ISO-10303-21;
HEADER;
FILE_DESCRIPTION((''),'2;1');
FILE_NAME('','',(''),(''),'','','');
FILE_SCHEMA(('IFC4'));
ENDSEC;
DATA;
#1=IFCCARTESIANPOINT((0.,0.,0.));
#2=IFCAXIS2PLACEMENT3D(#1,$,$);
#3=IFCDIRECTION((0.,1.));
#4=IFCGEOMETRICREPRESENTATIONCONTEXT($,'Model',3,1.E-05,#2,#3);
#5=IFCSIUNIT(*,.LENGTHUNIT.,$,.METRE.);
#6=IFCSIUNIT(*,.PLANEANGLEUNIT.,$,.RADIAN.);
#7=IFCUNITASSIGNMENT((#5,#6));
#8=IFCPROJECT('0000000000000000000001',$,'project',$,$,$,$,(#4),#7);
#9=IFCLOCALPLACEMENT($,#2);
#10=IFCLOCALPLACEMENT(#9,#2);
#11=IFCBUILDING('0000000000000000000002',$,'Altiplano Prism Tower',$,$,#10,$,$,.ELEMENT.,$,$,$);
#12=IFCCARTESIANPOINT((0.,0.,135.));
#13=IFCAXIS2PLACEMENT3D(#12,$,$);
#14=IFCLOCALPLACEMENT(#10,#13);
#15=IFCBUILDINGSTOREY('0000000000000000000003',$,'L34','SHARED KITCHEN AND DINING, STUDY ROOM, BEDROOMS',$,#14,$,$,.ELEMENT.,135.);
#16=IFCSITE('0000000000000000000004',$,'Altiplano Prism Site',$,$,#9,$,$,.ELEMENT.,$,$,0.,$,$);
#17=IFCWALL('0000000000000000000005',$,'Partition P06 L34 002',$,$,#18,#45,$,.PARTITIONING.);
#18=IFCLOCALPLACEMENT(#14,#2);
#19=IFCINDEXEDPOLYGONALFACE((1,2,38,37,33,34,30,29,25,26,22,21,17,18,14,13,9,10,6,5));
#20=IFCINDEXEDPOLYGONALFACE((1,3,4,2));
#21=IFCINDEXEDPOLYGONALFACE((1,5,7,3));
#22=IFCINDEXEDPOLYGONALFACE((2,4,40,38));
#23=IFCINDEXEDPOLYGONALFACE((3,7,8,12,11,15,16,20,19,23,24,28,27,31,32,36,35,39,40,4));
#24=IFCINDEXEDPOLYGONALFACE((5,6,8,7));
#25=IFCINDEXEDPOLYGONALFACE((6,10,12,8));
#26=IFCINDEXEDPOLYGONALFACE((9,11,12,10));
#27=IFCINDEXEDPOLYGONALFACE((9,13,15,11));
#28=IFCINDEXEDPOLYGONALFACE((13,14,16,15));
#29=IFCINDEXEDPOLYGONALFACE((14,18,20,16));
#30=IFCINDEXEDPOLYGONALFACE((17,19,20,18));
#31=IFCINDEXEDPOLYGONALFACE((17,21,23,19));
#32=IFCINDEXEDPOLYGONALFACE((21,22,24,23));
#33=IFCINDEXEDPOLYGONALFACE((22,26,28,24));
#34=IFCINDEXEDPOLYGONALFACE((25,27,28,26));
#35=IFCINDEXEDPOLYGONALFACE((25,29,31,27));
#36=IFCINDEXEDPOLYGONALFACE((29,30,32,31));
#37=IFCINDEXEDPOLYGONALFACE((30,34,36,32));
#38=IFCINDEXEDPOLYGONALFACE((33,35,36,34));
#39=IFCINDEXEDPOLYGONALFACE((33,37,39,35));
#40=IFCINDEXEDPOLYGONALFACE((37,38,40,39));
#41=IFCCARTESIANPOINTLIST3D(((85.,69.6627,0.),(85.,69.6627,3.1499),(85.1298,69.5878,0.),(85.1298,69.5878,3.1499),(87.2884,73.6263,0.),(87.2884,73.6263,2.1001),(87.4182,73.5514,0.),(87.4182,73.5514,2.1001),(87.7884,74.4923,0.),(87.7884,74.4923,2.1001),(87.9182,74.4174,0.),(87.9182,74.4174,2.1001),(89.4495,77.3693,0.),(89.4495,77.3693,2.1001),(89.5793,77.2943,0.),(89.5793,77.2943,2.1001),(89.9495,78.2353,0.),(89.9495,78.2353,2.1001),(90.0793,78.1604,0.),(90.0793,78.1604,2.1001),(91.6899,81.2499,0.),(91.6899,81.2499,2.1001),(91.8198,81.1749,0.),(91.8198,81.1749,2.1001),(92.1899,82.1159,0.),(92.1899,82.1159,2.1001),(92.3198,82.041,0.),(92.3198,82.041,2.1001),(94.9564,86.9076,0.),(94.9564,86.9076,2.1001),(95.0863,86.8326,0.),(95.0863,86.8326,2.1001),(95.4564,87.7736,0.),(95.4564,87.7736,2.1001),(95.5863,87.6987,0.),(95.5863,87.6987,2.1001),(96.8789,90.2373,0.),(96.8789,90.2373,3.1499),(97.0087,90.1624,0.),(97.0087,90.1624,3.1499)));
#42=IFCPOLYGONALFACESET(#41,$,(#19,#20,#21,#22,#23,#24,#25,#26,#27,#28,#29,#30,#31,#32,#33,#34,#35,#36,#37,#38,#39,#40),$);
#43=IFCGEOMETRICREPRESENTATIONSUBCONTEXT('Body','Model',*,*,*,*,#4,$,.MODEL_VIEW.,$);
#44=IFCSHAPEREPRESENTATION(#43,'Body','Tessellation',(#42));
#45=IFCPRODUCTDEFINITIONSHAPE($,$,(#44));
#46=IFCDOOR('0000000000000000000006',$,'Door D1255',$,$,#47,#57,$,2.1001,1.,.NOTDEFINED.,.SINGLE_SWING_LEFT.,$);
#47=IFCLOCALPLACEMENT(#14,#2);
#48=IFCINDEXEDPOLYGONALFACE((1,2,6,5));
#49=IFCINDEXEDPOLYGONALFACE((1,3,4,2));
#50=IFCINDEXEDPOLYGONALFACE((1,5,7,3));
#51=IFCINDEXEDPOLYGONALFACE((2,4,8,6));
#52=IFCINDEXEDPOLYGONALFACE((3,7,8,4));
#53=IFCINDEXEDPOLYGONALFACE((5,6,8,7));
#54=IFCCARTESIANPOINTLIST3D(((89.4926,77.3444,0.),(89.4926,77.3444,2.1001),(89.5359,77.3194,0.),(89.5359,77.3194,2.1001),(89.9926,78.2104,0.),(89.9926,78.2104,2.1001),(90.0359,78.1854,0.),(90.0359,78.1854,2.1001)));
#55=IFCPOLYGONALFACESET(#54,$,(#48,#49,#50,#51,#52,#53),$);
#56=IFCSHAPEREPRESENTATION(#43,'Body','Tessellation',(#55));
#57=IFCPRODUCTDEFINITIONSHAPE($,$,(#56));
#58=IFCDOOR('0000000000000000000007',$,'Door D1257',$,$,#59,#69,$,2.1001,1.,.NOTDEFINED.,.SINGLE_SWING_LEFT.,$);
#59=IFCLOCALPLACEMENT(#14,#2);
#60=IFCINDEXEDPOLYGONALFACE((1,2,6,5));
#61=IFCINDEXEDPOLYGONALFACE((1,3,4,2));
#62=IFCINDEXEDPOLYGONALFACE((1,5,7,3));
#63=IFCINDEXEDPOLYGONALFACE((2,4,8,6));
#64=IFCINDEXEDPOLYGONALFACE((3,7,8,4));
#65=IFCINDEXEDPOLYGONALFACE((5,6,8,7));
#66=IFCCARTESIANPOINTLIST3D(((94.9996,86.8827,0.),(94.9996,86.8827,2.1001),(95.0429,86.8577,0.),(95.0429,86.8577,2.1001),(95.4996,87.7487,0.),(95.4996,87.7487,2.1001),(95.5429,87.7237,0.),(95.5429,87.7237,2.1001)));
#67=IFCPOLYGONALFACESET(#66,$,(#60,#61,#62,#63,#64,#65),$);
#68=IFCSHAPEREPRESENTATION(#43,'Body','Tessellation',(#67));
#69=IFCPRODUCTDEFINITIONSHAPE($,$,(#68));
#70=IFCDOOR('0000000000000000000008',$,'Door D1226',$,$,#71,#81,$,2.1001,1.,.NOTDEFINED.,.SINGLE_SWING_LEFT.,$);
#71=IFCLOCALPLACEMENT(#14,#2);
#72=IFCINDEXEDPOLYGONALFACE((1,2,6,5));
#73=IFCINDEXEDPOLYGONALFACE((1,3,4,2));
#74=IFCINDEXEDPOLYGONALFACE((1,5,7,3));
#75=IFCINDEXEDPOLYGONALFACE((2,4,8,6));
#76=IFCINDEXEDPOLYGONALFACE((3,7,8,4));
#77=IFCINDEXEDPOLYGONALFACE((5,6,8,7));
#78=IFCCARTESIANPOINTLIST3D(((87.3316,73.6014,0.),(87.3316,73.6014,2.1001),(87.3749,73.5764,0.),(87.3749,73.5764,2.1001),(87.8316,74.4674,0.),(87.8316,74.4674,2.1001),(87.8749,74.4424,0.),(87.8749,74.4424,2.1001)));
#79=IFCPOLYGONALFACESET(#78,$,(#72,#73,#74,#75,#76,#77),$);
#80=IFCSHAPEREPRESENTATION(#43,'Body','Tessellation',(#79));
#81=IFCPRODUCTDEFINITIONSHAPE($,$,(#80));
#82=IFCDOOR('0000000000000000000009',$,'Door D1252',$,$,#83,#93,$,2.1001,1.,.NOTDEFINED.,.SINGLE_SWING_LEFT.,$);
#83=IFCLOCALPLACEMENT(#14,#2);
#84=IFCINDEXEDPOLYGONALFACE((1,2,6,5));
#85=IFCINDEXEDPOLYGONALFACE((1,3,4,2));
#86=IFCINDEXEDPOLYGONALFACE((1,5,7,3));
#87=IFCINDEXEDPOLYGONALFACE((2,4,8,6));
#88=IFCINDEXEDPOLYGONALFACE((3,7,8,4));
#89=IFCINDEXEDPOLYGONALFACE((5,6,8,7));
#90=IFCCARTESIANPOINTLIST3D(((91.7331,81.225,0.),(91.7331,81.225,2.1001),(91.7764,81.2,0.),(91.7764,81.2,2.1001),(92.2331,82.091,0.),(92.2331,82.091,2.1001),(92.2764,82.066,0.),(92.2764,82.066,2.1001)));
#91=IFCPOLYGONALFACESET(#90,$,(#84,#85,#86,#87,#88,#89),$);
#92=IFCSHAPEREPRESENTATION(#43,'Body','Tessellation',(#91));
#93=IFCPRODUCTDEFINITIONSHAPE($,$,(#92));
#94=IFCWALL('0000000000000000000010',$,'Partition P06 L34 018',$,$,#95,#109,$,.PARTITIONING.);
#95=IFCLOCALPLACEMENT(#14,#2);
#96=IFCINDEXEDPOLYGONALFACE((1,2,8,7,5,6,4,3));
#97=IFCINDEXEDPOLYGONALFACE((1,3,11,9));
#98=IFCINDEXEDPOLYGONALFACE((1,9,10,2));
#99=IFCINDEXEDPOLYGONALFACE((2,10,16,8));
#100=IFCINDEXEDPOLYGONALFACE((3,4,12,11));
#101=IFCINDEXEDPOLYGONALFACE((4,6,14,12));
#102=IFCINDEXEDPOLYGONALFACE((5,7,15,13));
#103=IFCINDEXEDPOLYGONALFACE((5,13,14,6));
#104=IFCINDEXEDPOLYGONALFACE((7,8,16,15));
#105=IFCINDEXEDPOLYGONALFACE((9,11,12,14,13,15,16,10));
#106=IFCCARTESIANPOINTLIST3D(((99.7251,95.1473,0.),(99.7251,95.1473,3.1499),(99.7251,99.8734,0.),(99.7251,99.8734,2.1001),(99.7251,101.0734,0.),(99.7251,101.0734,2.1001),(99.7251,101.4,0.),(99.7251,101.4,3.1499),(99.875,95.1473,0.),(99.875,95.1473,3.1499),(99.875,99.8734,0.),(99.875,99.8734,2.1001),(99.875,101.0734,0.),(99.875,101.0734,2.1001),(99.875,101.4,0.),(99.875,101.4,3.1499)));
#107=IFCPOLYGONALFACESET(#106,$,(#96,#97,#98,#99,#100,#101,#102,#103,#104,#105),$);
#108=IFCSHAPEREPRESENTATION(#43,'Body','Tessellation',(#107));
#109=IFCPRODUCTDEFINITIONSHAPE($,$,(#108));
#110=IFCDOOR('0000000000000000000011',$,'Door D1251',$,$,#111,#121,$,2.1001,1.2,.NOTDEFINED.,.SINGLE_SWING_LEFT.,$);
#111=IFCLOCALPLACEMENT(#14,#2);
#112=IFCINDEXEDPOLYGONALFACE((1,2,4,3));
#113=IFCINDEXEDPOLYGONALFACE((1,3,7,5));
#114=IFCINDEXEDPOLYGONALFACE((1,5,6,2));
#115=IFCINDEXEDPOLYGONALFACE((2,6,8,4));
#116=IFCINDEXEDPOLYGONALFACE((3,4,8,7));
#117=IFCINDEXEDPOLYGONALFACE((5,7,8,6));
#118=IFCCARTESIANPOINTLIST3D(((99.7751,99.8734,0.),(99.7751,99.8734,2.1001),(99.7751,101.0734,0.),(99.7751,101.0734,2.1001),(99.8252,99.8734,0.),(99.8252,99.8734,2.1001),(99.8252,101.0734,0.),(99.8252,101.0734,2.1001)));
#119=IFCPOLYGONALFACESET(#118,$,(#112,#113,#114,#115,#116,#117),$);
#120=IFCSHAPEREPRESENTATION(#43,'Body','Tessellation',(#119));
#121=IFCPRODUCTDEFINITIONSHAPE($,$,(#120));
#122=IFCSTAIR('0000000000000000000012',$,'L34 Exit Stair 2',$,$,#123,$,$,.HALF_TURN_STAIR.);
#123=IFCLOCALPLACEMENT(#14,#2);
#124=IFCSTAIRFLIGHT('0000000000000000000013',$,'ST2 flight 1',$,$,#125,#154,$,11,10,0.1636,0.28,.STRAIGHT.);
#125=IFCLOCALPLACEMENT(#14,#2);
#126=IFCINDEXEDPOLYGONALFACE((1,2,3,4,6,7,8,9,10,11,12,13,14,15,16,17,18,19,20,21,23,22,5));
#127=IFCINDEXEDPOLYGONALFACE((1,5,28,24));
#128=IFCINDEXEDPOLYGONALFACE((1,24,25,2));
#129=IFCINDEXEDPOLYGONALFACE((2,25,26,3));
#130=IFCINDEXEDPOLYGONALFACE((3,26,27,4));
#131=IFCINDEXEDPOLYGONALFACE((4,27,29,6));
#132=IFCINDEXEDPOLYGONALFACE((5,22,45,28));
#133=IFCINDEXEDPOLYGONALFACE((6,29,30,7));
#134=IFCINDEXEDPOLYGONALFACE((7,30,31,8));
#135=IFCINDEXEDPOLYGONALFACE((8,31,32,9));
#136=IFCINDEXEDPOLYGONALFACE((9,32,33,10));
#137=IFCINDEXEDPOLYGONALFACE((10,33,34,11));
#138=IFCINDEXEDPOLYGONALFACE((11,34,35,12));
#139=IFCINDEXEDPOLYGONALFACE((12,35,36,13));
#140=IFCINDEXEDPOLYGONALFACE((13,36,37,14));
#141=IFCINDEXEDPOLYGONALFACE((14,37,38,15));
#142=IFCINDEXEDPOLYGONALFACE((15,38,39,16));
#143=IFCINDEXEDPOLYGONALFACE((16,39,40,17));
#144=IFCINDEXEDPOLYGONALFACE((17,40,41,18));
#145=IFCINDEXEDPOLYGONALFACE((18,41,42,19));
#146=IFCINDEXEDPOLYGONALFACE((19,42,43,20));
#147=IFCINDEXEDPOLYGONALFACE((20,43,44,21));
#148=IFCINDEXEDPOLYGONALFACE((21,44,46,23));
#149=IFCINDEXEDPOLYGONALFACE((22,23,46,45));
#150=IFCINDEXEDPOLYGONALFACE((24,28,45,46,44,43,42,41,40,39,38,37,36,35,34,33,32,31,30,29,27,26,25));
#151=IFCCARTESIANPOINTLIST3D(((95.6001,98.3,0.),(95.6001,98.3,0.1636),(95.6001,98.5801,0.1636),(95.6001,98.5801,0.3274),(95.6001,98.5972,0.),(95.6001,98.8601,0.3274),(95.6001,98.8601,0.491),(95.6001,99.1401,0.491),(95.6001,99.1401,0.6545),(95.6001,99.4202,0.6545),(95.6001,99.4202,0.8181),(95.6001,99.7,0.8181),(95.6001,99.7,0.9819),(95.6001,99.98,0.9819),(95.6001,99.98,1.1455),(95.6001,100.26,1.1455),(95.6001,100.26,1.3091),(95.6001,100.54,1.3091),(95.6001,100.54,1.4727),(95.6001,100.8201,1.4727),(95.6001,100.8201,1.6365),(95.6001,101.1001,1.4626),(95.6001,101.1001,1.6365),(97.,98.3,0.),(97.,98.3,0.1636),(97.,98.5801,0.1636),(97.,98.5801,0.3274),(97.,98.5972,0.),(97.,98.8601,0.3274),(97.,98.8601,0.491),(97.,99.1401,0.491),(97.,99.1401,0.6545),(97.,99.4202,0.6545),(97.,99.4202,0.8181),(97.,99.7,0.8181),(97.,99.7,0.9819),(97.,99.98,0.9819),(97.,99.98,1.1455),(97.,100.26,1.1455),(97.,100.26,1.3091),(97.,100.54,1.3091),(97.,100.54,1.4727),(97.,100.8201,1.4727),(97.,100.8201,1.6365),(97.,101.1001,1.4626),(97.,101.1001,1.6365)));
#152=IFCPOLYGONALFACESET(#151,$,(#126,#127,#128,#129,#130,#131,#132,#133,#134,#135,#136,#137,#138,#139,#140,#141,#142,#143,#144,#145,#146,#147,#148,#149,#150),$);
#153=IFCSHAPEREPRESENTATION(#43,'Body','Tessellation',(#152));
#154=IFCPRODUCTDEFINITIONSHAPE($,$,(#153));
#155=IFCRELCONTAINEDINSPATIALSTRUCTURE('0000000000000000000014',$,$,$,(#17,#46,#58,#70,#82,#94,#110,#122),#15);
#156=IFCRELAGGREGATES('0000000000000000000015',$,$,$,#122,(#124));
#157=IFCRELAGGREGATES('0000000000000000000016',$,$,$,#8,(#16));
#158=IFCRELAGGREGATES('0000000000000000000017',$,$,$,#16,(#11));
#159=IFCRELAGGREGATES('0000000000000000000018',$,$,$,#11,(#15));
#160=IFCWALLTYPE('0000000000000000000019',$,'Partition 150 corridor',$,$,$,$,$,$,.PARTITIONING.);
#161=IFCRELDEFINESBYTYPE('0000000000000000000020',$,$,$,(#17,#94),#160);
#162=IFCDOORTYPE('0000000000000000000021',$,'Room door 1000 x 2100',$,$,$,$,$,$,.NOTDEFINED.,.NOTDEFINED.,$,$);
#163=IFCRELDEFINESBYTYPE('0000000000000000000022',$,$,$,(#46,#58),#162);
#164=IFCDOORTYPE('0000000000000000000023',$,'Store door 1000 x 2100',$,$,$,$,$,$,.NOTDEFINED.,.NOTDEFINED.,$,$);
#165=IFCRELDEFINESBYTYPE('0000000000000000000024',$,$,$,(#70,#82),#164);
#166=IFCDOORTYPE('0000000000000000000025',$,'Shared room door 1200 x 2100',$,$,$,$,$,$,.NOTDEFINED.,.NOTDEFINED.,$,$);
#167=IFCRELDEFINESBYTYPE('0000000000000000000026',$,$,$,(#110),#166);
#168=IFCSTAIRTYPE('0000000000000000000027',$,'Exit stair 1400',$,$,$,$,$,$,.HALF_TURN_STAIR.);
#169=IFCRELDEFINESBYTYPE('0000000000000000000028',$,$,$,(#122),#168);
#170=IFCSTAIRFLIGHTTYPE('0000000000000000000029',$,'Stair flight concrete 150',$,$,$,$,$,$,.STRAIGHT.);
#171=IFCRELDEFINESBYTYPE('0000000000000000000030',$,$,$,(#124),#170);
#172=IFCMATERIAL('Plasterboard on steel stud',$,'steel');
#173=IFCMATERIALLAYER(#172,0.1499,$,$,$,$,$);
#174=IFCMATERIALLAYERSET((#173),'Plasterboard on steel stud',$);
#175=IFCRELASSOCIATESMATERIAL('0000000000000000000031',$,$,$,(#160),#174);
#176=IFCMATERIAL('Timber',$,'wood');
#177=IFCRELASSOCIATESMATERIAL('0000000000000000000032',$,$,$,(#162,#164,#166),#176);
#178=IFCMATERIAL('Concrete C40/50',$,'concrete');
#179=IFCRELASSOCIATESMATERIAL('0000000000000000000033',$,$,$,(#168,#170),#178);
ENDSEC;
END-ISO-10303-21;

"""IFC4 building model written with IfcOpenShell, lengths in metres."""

from ifc_helpers import new_model, si_unit, direction, frame, frame_2d, origin, place, context, subcontext, project, spatial, polyline, rectangle, outline, extrude, material, layer, layer_set, type_object, element, fill, aggregate, save


model = new_model("IFC4")

# Units and contexts
model_context = context("Model", 3, precision=1e-05, world=origin(), true_north=direction((0.0, 1.0)))
body_context = subcontext(model_context, "Body", "Model", "MODEL_VIEW")
ifc_project = project(units=[si_unit("LENGTHUNIT", "METRE"), si_unit("PLANEANGLEUNIT", "RADIAN")], contexts=[model_context])

# Site, building, storey
site_placement = place(None, origin())
site = spatial("IfcSite", under=ifc_project, at=site_placement, Name="Altiplano Prism Site", CompositionType="ELEMENT", RefElevation=0.0)
building_placement = place(site_placement, origin())
building = spatial("IfcBuilding", under=site, at=building_placement, Name="Altiplano Prism Tower", CompositionType="ELEMENT")
storey_placement = place(building_placement, frame((0.0, 0.0, 135.0)))
storey = spatial("IfcBuildingStorey", under=building, at=storey_placement, Name="L34", Description="SHARED KITCHEN AND DINING, STUDY ROOM, BEDROOMS", CompositionType="ELEMENT", Elevation=135.0)

# Shared definitions
ifc_material_1 = material(Name="Plasterboard on steel stud", Category="steel")

# Wall, openings, doors
ifc_layer_1 = layer(ifc_material_1, 0.1499)
ifc_layer_set_1 = layer_set([ifc_layer_1], Name="Plasterboard on steel stud")
wall_type_1 = type_object("IfcWallType", Name="Partition 150 corridor", PredefinedType="PARTITIONING", material=ifc_layer_set_1)
wall_1_placement = place(storey_placement, frame((96.9438, 90.2, 0.0), z_axis=(0.0, 0.0, 1.0), x_axis=(-0.500003, -0.866024, 0.0)))
wall_1 = element("IfcWall", 1, at=wall_1_placement, inside=storey, type_object=wall_type_1, Name="Partition P06 L34 002", PredefinedType="PARTITIONING", context=body_context, shape_type="SweptSolid", body=[
    extrude(rectangle(XDim=23.7576, YDim=0.1499, at=frame_2d((11.8789, 0.0))), origin(), (0.0, 0.0, 1.0), 3.1499),
])
opening_1_placement = place(wall_1_placement, frame((18.1809, 0.0, 0.0)))
opening_1 = element("IfcOpeningElement", 2, at=opening_1_placement, cuts=wall_1, PredefinedType="OPENING", context=body_context, shape_type="SweptSolid", body=[
    extrude(rectangle(XDim=1.0, YDim=2.1001, at=frame_2d((0.5, 1.05))), frame((0.0, 0.0854, 0.0), z_axis=(0.0, -1.0, 0.0), x_axis=(1.0, 0.0, 0.0)), (0.0, 0.0, 1.0), 0.1709),
])
opening_2_placement = place(wall_1_placement, frame((9.3779, 0.0, 0.0)))
opening_2 = element("IfcOpeningElement", 3, at=opening_2_placement, cuts=wall_1, PredefinedType="OPENING", context=body_context, shape_type="SweptSolid", body=[
    extrude(rectangle(XDim=1.0, YDim=2.1001, at=frame_2d((0.5, 1.05))), frame((0.0, 0.0854, 0.0), z_axis=(0.0, -1.0, 0.0), x_axis=(1.0, 0.0, 0.0)), (0.0, 0.0, 1.0), 0.1709),
])
opening_3_placement = place(wall_1_placement, frame((13.8589, 0.0, 0.0)))
opening_3 = element("IfcOpeningElement", 4, at=opening_3_placement, cuts=wall_1, PredefinedType="OPENING", context=body_context, shape_type="SweptSolid", body=[
    extrude(rectangle(XDim=1.0, YDim=2.1001, at=frame_2d((0.5, 1.05))), frame((0.0, 0.0854, 0.0), z_axis=(0.0, -1.0, 0.0), x_axis=(1.0, 0.0, 0.0)), (0.0, 0.0, 1.0), 0.1709),
])
opening_4_placement = place(wall_1_placement, frame((2.845, 0.0, 0.0)))
opening_4 = element("IfcOpeningElement", 5, at=opening_4_placement, cuts=wall_1, PredefinedType="OPENING", context=body_context, shape_type="SweptSolid", body=[
    extrude(rectangle(XDim=1.0, YDim=2.1001, at=frame_2d((0.5, 1.05))), frame((0.0, 0.0854, 0.0), z_axis=(0.0, -1.0, 0.0), x_axis=(1.0, 0.0, 0.0)), (0.0, 0.0, 1.0), 0.1709),
])
ifc_material_2 = material(Name="Timber", Category="wood")
door_type_1 = type_object("IfcDoorType", Name="Room door 1000 x 2100", OperationType="NOTDEFINED", PredefinedType="NOTDEFINED", material=ifc_material_2)
door_1_placement = place(opening_3_placement, origin())
door_1 = element("IfcDoor", 6, at=door_1_placement, inside=storey, type_object=door_type_1, Name="Door D1255", OperationType="SINGLE_SWING_LEFT", OverallHeight=2.1001, OverallWidth=1.0, PredefinedType="NOTDEFINED", context=body_context, shape_type="SweptSolid", body=[
    extrude(rectangle(XDim=1.0, YDim=2.1001, at=frame_2d((0.5, 1.05))), frame((0.0, 0.0249, 0.0), z_axis=(0.0, -1.0, 0.0), x_axis=(1.0, 0.0, 0.0)), (0.0, 0.0, 1.0), 0.05),
])
fill(opening_3, door_1)
door_2_placement = place(opening_4_placement, origin())
door_2 = element("IfcDoor", 7, at=door_2_placement, inside=storey, type_object=door_type_1, Name="Door D1257", OperationType="SINGLE_SWING_LEFT", OverallHeight=2.1001, OverallWidth=1.0, PredefinedType="NOTDEFINED", context=body_context, shape_type="SweptSolid", body=[
    extrude(rectangle(XDim=1.0, YDim=2.1001, at=frame_2d((0.5, 1.05))), frame((0.0, 0.0249, 0.0), z_axis=(0.0, -1.0, 0.0), x_axis=(1.0, 0.0, 0.0)), (0.0, 0.0, 1.0), 0.05),
])
fill(opening_4, door_2)
door_type_2 = type_object("IfcDoorType", Name="Store door 1000 x 2100", OperationType="NOTDEFINED", PredefinedType="NOTDEFINED", material=ifc_material_2)
door_3_placement = place(opening_1_placement, origin())
door_3 = element("IfcDoor", 8, at=door_3_placement, inside=storey, type_object=door_type_2, Name="Door D1226", OperationType="SINGLE_SWING_LEFT", OverallHeight=2.1001, OverallWidth=1.0, PredefinedType="NOTDEFINED", context=body_context, shape_type="SweptSolid", body=[
    extrude(rectangle(XDim=1.0, YDim=2.1001, at=frame_2d((0.5, 1.05))), frame((0.0, 0.0249, 0.0), z_axis=(0.0, -1.0, 0.0), x_axis=(1.0, 0.0, 0.0)), (0.0, 0.0, 1.0), 0.05),
])
fill(opening_1, door_3)
door_4_placement = place(opening_2_placement, origin())
door_4 = element("IfcDoor", 9, at=door_4_placement, inside=storey, type_object=door_type_2, Name="Door D1252", OperationType="SINGLE_SWING_LEFT", OverallHeight=2.1001, OverallWidth=1.0, PredefinedType="NOTDEFINED", context=body_context, shape_type="SweptSolid", body=[
    extrude(rectangle(XDim=1.0, YDim=2.1001, at=frame_2d((0.5, 1.05))), frame((0.0, 0.0249, 0.0), z_axis=(0.0, -1.0, 0.0), x_axis=(1.0, 0.0, 0.0)), (0.0, 0.0, 1.0), 0.05),
])
fill(opening_2, door_4)

# Wall, opening, door
wall_2_placement = place(storey_placement, frame((99.8, 95.1472, 0.0), z_axis=(0.0, 0.0, 1.0), x_axis=(0.0, 1.0, 0.0)))
wall_2 = element("IfcWall", 10, at=wall_2_placement, inside=storey, type_object=wall_type_1, Name="Partition P06 L34 018", PredefinedType="PARTITIONING", context=body_context, shape_type="SweptSolid", body=[
    extrude(rectangle(XDim=6.2527, YDim=0.1499, at=frame_2d((3.1265, 0.0))), origin(), (0.0, 0.0, 1.0), 3.1499),
])
opening_5_placement = place(wall_2_placement, frame((4.7261, 0.0, 0.0)))
opening_5 = element("IfcOpeningElement", 11, at=opening_5_placement, cuts=wall_2, PredefinedType="OPENING", context=body_context, shape_type="SweptSolid", body=[
    extrude(rectangle(XDim=1.2, YDim=2.1001, at=frame_2d((0.6001, 1.05))), frame((0.0, 0.0854, 0.0), z_axis=(0.0, -1.0, 0.0), x_axis=(1.0, 0.0, 0.0)), (0.0, 0.0, 1.0), 0.1709),
])
door_type_3 = type_object("IfcDoorType", Name="Shared room door 1200 x 2100", OperationType="NOTDEFINED", PredefinedType="NOTDEFINED", material=ifc_material_2)
door_5_placement = place(opening_5_placement, origin())
door_5 = element("IfcDoor", 12, at=door_5_placement, inside=storey, type_object=door_type_3, Name="Door D1251", OperationType="SINGLE_SWING_LEFT", OverallHeight=2.1001, OverallWidth=1.2, PredefinedType="NOTDEFINED", context=body_context, shape_type="SweptSolid", body=[
    extrude(rectangle(XDim=1.2, YDim=2.1001, at=frame_2d((0.6001, 1.05))), frame((0.0, 0.0249, 0.0), z_axis=(0.0, -1.0, 0.0), x_axis=(1.0, 0.0, 0.0)), (0.0, 0.0, 1.0), 0.05),
])
fill(opening_5, door_5)

# Stair, stair flight
ifc_material_3 = material(Name="Concrete C40/50", Category="concrete")
stair_type = type_object("IfcStairType", Name="Exit stair 1400", PredefinedType="HALF_TURN_STAIR", material=ifc_material_3)
stair_placement = place(storey_placement, origin())
stair = element("IfcStair", 13, at=stair_placement, inside=storey, type_object=stair_type, Name="L34 Exit Stair 2", PredefinedType="HALF_TURN_STAIR")
stair_flight_type = type_object("IfcStairFlightType", Name="Stair flight concrete 150", PredefinedType="STRAIGHT", material=ifc_material_3)
stair_flight_placement = place(storey_placement, frame((96.3, 98.3, 0.0), z_axis=(0.0, 0.0, 1.0), x_axis=(0.0, 1.0, 0.0)))
stair_flight = element("IfcStairFlight", 14, at=stair_flight_placement, type_object=stair_flight_type, Name="ST2 flight 1", NumberOfRisers=11, NumberOfTreads=10, PredefinedType="STRAIGHT", RiserHeight=0.1636, TreadLength=0.28, context=body_context, shape_type="SweptSolid", body=[
    extrude(outline(polyline([(0.0, 0.0), (0.0, 0.1636), (0.28, 0.1636), (0.28, 0.3274), (0.5601, 0.3274), (0.5601, 0.491), (0.8401, 0.491), (0.8401, 0.6545), (1.1201, 0.6545), (1.1201, 0.8181), (1.3999, 0.8181), (1.3999, 0.9819), (1.6799, 0.9819), (1.6799, 1.1455), (1.96, 1.1455), (1.96, 1.3091), (2.24, 1.3091), (2.24, 1.4727), (2.52, 1.4727), (2.52, 1.6365), (2.8, 1.6365), (2.8, 1.8), (2.8, 1.4626), (0.2971, 0.0), (0.0, 0.0)])), frame((0.0, 0.7, 0.0), z_axis=(0.0, -1.0, 0.0), x_axis=(1.0, 0.0, 0.0)), (0.0, 0.0, 1.0), 1.3999),
])
aggregate(stair, [stair_flight])

save(model, "model.ifc")
